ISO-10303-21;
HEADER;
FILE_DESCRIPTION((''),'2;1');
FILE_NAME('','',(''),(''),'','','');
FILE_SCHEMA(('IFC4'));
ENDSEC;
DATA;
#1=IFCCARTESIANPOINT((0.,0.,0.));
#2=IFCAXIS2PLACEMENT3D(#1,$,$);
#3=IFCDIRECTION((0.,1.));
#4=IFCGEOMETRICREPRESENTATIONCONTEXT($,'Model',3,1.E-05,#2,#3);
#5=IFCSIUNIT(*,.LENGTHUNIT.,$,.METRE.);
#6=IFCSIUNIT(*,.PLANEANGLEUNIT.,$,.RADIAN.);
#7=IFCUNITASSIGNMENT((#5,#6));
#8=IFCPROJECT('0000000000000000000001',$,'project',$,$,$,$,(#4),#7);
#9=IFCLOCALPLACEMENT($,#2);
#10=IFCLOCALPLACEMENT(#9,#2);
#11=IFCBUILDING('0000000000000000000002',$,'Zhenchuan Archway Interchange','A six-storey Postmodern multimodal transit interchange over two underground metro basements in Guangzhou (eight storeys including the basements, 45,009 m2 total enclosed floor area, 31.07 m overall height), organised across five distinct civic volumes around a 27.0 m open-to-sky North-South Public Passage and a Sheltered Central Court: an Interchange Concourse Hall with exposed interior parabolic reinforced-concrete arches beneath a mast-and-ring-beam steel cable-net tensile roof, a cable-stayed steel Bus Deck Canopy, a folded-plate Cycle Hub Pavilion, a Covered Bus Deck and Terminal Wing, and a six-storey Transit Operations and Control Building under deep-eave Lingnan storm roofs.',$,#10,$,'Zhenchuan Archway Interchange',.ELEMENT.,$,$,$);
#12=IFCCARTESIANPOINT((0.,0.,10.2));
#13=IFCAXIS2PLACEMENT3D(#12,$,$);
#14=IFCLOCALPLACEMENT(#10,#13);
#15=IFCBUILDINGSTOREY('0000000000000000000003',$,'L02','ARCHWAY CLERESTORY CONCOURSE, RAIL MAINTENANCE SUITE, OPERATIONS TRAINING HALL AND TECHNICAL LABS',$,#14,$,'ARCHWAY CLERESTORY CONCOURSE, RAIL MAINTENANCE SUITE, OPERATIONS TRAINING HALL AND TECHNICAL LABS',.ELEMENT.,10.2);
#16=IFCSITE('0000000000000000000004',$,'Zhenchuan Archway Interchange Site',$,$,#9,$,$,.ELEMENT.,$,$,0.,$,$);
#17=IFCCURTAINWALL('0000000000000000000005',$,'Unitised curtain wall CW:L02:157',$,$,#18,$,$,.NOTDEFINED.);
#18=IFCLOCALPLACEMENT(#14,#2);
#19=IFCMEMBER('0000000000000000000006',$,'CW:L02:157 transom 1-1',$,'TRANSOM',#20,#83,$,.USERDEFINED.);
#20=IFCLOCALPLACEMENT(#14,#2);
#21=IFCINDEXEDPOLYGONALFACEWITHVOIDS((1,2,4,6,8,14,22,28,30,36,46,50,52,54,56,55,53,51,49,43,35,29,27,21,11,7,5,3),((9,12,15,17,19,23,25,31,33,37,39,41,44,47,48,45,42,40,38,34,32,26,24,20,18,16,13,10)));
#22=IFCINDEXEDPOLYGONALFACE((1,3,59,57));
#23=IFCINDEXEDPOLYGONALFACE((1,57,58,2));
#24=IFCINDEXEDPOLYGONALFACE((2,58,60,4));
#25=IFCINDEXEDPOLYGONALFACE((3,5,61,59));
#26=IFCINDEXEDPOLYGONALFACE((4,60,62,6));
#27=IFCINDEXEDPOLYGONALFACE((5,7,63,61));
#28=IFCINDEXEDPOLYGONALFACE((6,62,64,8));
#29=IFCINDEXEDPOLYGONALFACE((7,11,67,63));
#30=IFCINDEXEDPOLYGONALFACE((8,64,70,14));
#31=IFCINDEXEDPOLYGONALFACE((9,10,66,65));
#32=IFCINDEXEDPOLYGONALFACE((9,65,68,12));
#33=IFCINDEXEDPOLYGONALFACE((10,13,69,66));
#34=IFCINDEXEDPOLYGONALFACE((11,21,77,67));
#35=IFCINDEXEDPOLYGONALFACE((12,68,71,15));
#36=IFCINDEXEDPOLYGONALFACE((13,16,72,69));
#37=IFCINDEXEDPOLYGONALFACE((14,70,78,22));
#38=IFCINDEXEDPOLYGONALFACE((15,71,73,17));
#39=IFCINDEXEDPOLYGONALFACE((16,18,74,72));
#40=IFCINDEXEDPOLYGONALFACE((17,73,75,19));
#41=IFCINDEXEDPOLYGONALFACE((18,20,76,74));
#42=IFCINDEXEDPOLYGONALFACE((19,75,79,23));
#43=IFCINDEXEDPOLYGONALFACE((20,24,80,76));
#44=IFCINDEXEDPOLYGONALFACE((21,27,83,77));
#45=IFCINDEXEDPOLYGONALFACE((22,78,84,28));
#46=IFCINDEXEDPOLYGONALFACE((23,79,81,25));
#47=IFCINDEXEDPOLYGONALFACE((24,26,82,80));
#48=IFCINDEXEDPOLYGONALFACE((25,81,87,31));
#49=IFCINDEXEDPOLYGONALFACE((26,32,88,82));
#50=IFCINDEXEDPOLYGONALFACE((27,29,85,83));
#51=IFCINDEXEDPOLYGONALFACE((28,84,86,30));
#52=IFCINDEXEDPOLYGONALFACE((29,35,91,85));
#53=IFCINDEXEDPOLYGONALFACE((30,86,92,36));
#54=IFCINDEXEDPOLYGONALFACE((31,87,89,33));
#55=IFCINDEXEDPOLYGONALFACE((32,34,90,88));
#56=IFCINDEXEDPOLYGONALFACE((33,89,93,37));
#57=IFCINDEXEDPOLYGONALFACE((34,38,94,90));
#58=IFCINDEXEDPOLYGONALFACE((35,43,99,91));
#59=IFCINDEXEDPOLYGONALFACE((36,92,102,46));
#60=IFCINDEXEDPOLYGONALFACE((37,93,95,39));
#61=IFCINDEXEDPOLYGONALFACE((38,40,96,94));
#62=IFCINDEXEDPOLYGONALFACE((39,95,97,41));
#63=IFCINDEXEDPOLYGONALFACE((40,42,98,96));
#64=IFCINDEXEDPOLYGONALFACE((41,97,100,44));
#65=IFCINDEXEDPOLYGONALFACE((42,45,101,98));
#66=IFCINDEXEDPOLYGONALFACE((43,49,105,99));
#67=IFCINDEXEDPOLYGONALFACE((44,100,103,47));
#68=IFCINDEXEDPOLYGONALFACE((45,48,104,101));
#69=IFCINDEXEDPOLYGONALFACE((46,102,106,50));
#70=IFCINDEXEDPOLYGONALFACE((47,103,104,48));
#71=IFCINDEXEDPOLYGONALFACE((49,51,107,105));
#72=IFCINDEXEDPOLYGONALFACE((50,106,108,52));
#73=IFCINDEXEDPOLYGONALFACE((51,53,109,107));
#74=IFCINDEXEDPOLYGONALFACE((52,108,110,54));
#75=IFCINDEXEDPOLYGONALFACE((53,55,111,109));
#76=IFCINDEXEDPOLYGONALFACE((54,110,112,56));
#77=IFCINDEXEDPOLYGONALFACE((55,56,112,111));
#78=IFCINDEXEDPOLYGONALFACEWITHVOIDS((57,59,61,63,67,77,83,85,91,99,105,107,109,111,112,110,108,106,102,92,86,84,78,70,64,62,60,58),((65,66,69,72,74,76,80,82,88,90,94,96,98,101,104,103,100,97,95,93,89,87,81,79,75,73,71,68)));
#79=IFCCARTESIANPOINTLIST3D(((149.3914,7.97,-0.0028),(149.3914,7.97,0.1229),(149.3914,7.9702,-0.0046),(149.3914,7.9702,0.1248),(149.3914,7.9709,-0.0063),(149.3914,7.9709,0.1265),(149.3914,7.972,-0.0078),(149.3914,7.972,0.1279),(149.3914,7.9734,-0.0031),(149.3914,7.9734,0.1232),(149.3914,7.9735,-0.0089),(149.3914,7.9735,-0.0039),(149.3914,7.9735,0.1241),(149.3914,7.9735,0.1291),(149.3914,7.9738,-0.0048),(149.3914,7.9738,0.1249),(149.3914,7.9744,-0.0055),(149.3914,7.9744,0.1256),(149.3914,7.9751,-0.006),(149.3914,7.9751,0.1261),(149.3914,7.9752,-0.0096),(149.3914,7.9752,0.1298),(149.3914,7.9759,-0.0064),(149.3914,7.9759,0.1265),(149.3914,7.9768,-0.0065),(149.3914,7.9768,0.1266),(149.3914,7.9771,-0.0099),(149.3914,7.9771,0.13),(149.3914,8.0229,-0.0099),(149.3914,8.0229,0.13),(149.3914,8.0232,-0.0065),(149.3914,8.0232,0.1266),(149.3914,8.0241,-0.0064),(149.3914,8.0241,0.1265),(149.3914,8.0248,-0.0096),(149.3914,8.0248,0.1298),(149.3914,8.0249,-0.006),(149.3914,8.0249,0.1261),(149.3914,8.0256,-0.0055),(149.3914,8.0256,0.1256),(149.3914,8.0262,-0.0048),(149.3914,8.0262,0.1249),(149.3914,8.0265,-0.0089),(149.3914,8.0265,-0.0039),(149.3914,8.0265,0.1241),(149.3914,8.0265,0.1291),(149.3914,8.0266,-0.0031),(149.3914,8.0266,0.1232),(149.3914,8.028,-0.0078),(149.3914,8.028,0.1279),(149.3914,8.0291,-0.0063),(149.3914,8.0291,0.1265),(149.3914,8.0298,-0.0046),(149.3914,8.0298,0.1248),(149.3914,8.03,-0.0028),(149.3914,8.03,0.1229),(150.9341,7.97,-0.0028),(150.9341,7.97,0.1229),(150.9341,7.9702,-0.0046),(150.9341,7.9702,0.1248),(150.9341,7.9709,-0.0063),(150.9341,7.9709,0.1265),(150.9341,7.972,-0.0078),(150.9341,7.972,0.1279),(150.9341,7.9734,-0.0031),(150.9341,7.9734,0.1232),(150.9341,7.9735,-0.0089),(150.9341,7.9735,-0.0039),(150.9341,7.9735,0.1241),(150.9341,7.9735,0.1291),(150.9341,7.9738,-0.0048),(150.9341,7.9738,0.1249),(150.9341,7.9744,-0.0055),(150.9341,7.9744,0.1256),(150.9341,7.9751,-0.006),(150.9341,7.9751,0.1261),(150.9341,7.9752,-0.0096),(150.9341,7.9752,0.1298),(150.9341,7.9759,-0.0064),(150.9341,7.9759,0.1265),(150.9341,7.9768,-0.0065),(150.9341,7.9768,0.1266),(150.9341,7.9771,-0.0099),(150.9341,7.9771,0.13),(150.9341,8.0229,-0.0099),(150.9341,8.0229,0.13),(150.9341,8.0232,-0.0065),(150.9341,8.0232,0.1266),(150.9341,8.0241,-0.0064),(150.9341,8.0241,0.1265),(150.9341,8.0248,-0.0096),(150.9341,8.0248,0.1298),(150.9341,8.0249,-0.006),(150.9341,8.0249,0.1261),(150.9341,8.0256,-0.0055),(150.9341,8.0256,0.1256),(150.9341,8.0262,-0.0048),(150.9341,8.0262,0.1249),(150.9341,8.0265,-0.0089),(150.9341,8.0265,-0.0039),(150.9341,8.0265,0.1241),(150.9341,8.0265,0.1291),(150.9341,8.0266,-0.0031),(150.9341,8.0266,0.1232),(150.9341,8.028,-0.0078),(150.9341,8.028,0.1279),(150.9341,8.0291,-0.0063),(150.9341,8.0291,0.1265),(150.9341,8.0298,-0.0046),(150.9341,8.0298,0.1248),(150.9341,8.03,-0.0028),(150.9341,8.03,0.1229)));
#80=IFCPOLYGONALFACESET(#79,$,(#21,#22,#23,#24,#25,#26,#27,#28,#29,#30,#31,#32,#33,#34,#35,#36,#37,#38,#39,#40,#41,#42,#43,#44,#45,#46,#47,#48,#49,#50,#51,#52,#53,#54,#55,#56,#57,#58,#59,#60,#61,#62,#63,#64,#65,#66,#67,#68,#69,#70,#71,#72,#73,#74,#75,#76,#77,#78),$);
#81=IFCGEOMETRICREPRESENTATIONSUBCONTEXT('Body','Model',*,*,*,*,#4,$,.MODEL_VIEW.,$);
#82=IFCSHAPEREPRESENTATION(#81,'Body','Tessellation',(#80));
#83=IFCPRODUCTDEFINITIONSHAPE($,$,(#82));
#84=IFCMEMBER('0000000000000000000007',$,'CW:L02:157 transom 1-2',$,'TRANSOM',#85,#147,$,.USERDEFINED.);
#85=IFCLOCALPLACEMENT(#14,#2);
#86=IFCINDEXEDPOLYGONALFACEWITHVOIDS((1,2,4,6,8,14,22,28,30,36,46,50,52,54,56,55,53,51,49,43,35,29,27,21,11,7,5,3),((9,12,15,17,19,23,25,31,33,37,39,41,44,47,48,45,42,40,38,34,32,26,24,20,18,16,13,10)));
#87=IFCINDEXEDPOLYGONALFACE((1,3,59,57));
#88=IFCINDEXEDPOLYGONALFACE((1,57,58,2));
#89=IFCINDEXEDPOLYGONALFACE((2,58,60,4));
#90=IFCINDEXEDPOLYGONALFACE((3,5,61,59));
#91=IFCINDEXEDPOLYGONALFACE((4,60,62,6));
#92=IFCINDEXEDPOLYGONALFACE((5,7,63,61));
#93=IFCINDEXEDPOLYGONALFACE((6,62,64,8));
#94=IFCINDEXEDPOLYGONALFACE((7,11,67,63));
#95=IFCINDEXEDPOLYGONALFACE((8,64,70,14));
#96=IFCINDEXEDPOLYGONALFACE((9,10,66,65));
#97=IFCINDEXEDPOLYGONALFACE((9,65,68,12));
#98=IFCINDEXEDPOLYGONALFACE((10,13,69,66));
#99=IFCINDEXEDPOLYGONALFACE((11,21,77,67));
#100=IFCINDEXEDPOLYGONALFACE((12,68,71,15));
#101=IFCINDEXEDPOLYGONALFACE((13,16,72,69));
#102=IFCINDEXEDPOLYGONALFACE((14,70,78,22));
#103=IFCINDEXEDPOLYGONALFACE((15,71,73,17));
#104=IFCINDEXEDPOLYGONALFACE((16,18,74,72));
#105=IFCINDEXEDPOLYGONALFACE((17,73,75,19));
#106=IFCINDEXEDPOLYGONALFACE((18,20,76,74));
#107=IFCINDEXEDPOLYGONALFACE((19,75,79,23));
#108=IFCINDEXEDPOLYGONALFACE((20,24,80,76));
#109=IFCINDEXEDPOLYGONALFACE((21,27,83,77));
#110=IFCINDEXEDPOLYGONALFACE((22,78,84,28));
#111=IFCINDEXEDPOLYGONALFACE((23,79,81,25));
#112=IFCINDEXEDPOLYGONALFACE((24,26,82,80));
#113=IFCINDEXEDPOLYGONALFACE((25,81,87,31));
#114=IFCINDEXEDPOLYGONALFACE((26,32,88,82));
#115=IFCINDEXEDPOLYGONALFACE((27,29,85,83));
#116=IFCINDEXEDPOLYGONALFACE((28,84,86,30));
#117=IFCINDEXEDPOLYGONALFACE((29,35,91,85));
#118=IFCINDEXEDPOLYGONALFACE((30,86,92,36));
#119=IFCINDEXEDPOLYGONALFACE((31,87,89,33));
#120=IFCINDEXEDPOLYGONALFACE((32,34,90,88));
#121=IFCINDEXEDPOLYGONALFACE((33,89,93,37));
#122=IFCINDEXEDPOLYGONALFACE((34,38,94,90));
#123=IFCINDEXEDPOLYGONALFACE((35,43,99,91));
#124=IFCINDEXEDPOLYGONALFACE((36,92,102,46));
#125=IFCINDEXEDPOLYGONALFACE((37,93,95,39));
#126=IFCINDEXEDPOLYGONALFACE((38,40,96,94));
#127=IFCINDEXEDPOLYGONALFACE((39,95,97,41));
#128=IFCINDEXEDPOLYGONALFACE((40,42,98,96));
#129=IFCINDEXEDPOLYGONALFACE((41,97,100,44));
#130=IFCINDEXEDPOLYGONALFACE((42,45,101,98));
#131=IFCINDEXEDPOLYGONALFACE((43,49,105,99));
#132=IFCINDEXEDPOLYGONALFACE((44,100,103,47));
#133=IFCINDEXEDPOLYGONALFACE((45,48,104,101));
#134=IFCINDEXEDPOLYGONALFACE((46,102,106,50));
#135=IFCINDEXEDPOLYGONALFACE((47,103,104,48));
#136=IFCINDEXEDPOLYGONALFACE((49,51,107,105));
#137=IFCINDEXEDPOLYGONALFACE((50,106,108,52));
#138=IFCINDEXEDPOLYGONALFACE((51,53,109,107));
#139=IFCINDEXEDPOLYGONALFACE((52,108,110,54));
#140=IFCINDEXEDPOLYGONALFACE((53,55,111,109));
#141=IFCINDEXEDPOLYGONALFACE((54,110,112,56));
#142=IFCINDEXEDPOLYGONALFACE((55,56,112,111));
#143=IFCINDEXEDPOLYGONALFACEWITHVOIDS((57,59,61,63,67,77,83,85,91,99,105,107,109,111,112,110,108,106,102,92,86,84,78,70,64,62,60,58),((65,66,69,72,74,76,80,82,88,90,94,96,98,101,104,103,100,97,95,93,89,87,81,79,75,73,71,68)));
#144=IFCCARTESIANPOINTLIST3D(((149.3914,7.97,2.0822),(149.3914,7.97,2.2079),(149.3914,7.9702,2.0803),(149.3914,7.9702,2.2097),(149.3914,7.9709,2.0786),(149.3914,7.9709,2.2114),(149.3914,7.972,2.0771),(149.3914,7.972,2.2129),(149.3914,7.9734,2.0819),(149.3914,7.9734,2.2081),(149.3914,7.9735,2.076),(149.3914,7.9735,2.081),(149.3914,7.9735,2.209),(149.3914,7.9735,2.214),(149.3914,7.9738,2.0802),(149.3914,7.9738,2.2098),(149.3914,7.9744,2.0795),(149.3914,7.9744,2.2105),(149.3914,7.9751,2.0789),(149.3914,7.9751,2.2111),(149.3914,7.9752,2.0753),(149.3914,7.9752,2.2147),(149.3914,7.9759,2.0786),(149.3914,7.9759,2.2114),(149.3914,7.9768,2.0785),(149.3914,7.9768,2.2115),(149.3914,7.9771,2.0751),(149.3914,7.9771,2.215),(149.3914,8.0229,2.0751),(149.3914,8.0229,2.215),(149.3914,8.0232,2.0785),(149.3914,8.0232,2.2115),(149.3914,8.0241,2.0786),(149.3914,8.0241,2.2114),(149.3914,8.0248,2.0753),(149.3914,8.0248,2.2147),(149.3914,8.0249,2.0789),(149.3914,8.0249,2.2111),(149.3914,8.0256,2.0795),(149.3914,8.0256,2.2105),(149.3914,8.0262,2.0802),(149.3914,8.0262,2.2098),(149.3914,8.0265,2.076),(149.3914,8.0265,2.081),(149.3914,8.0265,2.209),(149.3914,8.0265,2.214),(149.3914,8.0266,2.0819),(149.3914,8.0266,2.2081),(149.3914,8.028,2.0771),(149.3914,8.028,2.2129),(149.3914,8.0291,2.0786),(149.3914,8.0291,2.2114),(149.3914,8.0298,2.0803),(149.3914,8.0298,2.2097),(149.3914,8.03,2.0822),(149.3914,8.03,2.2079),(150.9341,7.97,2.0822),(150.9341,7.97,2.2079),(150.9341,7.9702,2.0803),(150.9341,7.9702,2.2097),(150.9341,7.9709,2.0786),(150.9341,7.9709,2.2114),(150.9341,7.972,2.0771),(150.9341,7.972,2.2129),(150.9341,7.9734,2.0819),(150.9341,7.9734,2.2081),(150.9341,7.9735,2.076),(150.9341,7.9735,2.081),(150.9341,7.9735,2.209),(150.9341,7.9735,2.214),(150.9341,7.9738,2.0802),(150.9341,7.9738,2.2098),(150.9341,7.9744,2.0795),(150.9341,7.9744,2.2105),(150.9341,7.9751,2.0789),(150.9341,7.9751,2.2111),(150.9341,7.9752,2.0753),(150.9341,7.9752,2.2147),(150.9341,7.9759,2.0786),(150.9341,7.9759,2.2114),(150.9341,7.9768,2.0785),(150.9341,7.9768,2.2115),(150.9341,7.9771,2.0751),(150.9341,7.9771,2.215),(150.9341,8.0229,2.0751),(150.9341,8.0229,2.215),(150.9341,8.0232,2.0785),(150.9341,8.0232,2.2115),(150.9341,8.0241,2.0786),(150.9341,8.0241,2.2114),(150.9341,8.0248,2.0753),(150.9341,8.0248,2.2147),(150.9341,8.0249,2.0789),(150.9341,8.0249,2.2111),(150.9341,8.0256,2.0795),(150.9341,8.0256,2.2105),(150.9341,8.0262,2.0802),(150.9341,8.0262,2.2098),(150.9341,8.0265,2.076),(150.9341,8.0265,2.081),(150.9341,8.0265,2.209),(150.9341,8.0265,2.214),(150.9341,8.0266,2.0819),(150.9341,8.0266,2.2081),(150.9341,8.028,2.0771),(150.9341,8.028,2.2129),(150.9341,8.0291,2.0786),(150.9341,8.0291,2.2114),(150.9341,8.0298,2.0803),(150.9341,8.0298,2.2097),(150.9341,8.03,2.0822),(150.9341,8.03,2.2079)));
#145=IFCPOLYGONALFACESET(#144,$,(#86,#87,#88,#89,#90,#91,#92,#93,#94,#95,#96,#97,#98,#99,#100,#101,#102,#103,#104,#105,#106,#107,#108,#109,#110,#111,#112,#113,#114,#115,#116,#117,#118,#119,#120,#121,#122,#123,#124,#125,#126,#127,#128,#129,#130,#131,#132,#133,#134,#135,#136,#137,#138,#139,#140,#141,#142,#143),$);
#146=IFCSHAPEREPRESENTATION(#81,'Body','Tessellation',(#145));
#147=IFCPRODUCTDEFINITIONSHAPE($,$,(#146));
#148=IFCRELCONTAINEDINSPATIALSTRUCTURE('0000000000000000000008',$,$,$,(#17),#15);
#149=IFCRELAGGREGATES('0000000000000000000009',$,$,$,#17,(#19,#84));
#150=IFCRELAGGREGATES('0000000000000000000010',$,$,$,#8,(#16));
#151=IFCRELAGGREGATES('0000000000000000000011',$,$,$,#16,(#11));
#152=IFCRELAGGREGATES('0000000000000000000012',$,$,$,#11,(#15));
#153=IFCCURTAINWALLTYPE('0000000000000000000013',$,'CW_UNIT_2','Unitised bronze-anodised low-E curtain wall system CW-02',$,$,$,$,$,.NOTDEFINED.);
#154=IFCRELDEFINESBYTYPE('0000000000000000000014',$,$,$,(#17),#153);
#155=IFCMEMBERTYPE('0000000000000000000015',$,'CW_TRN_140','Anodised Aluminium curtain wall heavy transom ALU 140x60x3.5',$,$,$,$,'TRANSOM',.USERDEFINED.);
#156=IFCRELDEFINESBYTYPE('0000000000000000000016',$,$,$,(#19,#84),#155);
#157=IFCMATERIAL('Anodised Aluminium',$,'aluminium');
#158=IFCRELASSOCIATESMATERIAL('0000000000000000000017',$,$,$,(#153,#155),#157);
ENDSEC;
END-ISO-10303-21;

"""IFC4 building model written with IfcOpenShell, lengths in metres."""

from ifc_helpers import new_model, si_unit, direction, frame, origin, origin_2d, place, context, subcontext, project, spatial, hollow_rectangle, extrude, material, material_profile, profile_set, type_object, element, aggregate, save


model = new_model("IFC4")

# Units and contexts
model_context = context("Model", 3, precision=1e-05, world=origin(), true_north=direction((0.0, 1.0)))
body_context = subcontext(model_context, "Body", "Model", "MODEL_VIEW")
ifc_project = project(units=[si_unit("LENGTHUNIT", "METRE"), si_unit("PLANEANGLEUNIT", "RADIAN")], contexts=[model_context])

# Site, building, storey
site_placement = place(None, origin())
site = spatial("IfcSite", under=ifc_project, at=site_placement, Name="Zhenchuan Archway Interchange Site", CompositionType="ELEMENT", RefElevation=0.0)
building_placement = place(site_placement, origin())
building = spatial("IfcBuilding", under=site, at=building_placement, Name="Zhenchuan Archway Interchange", Description="A six-storey Postmodern multimodal transit interchange over two underground metro basements in Guangzhou (eight storeys including the basements, 45,009 m2 total enclosed floor area, 31.07 m overall height), organised across five distinct civic volumes around a 27.0 m open-to-sky North-South Public Passage and a Sheltered Central Court: an Interchange Concourse Hall with exposed interior parabolic reinforced-concrete arches beneath a mast-and-ring-beam steel cable-net tensile roof, a cable-stayed steel Bus Deck Canopy, a folded-plate Cycle Hub Pavilion, a Covered Bus Deck and Terminal Wing, and a six-storey Transit Operations and Control Building under deep-eave Lingnan storm roofs.", LongName="Zhenchuan Archway Interchange", CompositionType="ELEMENT")
storey_placement = place(building_placement, frame((0.0, 0.0, 10.2)))
storey = spatial("IfcBuildingStorey", under=building, at=storey_placement, Name="L02", Description="ARCHWAY CLERESTORY CONCOURSE, RAIL MAINTENANCE SUITE, OPERATIONS TRAINING HALL AND TECHNICAL LABS", LongName="ARCHWAY CLERESTORY CONCOURSE, RAIL MAINTENANCE SUITE, OPERATIONS TRAINING HALL AND TECHNICAL LABS", CompositionType="ELEMENT", Elevation=10.2)

# Curtain wall, members
ifc_material_1 = material(Name="Anodised Aluminium", Category="aluminium")
curtain_wall_type = type_object("IfcCurtainWallType", Name="CW_UNIT_2", Description="Unitised bronze-anodised low-E curtain wall system CW-02", PredefinedType="NOTDEFINED", material=ifc_material_1)
curtain_wall_placement = place(storey_placement, origin())
curtain_wall = element("IfcCurtainWall", 1, at=curtain_wall_placement, inside=storey, type_object=curtain_wall_type, Name="Unitised curtain wall CW:L02:157", PredefinedType="NOTDEFINED")
ifc_material_profile_1 = material_profile(ifc_material_1, hollow_rectangle(XDim=0.0601, YDim=0.1399, WallThickness=0.0034, InnerFilletRadius=0.0034, OuterFilletRadius=0.0071, at=origin_2d()), Name="ALU 140x60x3.5")
ifc_profile_set_1 = profile_set([ifc_material_profile_1], Name="Anodised Aluminium")
member_type_1 = type_object("IfcMemberType", Name="CW_TRN_140", Description="Anodised Aluminium curtain wall heavy transom ALU 140x60x3.5", ElementType="TRANSOM", PredefinedType="USERDEFINED", material=ifc_profile_set_1)
member_1_placement = place(storey_placement, frame((150.9341, 8.0, 0.0601), z_axis=(-1.0, 0.0, 0.0), x_axis=(0.0, -1.0, 0.0)))
member_1 = element("IfcMember", 2, at=member_1_placement, type_object=member_type_1, Name="CW:L02:157 transom 1-1", ObjectType="TRANSOM", PredefinedType="USERDEFINED", context=body_context, shape_type="SweptSolid", body=[
    extrude(hollow_rectangle(XDim=0.0601, YDim=0.1399, WallThickness=0.0034, InnerFilletRadius=0.0034, OuterFilletRadius=0.0071, at=origin_2d()), origin(), (0.0, 0.0, 1.0), 1.5427),
])
member_2_placement = place(storey_placement, frame((150.9341, 8.0, 2.145), z_axis=(-1.0, 0.0, 0.0), x_axis=(0.0, -1.0, 0.0)))
member_2 = element("IfcMember", 3, at=member_2_placement, type_object=member_type_1, Name="CW:L02:157 transom 1-2", ObjectType="TRANSOM", PredefinedType="USERDEFINED", context=body_context, shape_type="SweptSolid", body=[
    extrude(hollow_rectangle(XDim=0.0601, YDim=0.1399, WallThickness=0.0034, InnerFilletRadius=0.0034, OuterFilletRadius=0.0071, at=origin_2d()), origin(), (0.0, 0.0, 1.0), 1.5427),
])

aggregate(curtain_wall, [member_1, member_2])

save(model, "model.ifc")
